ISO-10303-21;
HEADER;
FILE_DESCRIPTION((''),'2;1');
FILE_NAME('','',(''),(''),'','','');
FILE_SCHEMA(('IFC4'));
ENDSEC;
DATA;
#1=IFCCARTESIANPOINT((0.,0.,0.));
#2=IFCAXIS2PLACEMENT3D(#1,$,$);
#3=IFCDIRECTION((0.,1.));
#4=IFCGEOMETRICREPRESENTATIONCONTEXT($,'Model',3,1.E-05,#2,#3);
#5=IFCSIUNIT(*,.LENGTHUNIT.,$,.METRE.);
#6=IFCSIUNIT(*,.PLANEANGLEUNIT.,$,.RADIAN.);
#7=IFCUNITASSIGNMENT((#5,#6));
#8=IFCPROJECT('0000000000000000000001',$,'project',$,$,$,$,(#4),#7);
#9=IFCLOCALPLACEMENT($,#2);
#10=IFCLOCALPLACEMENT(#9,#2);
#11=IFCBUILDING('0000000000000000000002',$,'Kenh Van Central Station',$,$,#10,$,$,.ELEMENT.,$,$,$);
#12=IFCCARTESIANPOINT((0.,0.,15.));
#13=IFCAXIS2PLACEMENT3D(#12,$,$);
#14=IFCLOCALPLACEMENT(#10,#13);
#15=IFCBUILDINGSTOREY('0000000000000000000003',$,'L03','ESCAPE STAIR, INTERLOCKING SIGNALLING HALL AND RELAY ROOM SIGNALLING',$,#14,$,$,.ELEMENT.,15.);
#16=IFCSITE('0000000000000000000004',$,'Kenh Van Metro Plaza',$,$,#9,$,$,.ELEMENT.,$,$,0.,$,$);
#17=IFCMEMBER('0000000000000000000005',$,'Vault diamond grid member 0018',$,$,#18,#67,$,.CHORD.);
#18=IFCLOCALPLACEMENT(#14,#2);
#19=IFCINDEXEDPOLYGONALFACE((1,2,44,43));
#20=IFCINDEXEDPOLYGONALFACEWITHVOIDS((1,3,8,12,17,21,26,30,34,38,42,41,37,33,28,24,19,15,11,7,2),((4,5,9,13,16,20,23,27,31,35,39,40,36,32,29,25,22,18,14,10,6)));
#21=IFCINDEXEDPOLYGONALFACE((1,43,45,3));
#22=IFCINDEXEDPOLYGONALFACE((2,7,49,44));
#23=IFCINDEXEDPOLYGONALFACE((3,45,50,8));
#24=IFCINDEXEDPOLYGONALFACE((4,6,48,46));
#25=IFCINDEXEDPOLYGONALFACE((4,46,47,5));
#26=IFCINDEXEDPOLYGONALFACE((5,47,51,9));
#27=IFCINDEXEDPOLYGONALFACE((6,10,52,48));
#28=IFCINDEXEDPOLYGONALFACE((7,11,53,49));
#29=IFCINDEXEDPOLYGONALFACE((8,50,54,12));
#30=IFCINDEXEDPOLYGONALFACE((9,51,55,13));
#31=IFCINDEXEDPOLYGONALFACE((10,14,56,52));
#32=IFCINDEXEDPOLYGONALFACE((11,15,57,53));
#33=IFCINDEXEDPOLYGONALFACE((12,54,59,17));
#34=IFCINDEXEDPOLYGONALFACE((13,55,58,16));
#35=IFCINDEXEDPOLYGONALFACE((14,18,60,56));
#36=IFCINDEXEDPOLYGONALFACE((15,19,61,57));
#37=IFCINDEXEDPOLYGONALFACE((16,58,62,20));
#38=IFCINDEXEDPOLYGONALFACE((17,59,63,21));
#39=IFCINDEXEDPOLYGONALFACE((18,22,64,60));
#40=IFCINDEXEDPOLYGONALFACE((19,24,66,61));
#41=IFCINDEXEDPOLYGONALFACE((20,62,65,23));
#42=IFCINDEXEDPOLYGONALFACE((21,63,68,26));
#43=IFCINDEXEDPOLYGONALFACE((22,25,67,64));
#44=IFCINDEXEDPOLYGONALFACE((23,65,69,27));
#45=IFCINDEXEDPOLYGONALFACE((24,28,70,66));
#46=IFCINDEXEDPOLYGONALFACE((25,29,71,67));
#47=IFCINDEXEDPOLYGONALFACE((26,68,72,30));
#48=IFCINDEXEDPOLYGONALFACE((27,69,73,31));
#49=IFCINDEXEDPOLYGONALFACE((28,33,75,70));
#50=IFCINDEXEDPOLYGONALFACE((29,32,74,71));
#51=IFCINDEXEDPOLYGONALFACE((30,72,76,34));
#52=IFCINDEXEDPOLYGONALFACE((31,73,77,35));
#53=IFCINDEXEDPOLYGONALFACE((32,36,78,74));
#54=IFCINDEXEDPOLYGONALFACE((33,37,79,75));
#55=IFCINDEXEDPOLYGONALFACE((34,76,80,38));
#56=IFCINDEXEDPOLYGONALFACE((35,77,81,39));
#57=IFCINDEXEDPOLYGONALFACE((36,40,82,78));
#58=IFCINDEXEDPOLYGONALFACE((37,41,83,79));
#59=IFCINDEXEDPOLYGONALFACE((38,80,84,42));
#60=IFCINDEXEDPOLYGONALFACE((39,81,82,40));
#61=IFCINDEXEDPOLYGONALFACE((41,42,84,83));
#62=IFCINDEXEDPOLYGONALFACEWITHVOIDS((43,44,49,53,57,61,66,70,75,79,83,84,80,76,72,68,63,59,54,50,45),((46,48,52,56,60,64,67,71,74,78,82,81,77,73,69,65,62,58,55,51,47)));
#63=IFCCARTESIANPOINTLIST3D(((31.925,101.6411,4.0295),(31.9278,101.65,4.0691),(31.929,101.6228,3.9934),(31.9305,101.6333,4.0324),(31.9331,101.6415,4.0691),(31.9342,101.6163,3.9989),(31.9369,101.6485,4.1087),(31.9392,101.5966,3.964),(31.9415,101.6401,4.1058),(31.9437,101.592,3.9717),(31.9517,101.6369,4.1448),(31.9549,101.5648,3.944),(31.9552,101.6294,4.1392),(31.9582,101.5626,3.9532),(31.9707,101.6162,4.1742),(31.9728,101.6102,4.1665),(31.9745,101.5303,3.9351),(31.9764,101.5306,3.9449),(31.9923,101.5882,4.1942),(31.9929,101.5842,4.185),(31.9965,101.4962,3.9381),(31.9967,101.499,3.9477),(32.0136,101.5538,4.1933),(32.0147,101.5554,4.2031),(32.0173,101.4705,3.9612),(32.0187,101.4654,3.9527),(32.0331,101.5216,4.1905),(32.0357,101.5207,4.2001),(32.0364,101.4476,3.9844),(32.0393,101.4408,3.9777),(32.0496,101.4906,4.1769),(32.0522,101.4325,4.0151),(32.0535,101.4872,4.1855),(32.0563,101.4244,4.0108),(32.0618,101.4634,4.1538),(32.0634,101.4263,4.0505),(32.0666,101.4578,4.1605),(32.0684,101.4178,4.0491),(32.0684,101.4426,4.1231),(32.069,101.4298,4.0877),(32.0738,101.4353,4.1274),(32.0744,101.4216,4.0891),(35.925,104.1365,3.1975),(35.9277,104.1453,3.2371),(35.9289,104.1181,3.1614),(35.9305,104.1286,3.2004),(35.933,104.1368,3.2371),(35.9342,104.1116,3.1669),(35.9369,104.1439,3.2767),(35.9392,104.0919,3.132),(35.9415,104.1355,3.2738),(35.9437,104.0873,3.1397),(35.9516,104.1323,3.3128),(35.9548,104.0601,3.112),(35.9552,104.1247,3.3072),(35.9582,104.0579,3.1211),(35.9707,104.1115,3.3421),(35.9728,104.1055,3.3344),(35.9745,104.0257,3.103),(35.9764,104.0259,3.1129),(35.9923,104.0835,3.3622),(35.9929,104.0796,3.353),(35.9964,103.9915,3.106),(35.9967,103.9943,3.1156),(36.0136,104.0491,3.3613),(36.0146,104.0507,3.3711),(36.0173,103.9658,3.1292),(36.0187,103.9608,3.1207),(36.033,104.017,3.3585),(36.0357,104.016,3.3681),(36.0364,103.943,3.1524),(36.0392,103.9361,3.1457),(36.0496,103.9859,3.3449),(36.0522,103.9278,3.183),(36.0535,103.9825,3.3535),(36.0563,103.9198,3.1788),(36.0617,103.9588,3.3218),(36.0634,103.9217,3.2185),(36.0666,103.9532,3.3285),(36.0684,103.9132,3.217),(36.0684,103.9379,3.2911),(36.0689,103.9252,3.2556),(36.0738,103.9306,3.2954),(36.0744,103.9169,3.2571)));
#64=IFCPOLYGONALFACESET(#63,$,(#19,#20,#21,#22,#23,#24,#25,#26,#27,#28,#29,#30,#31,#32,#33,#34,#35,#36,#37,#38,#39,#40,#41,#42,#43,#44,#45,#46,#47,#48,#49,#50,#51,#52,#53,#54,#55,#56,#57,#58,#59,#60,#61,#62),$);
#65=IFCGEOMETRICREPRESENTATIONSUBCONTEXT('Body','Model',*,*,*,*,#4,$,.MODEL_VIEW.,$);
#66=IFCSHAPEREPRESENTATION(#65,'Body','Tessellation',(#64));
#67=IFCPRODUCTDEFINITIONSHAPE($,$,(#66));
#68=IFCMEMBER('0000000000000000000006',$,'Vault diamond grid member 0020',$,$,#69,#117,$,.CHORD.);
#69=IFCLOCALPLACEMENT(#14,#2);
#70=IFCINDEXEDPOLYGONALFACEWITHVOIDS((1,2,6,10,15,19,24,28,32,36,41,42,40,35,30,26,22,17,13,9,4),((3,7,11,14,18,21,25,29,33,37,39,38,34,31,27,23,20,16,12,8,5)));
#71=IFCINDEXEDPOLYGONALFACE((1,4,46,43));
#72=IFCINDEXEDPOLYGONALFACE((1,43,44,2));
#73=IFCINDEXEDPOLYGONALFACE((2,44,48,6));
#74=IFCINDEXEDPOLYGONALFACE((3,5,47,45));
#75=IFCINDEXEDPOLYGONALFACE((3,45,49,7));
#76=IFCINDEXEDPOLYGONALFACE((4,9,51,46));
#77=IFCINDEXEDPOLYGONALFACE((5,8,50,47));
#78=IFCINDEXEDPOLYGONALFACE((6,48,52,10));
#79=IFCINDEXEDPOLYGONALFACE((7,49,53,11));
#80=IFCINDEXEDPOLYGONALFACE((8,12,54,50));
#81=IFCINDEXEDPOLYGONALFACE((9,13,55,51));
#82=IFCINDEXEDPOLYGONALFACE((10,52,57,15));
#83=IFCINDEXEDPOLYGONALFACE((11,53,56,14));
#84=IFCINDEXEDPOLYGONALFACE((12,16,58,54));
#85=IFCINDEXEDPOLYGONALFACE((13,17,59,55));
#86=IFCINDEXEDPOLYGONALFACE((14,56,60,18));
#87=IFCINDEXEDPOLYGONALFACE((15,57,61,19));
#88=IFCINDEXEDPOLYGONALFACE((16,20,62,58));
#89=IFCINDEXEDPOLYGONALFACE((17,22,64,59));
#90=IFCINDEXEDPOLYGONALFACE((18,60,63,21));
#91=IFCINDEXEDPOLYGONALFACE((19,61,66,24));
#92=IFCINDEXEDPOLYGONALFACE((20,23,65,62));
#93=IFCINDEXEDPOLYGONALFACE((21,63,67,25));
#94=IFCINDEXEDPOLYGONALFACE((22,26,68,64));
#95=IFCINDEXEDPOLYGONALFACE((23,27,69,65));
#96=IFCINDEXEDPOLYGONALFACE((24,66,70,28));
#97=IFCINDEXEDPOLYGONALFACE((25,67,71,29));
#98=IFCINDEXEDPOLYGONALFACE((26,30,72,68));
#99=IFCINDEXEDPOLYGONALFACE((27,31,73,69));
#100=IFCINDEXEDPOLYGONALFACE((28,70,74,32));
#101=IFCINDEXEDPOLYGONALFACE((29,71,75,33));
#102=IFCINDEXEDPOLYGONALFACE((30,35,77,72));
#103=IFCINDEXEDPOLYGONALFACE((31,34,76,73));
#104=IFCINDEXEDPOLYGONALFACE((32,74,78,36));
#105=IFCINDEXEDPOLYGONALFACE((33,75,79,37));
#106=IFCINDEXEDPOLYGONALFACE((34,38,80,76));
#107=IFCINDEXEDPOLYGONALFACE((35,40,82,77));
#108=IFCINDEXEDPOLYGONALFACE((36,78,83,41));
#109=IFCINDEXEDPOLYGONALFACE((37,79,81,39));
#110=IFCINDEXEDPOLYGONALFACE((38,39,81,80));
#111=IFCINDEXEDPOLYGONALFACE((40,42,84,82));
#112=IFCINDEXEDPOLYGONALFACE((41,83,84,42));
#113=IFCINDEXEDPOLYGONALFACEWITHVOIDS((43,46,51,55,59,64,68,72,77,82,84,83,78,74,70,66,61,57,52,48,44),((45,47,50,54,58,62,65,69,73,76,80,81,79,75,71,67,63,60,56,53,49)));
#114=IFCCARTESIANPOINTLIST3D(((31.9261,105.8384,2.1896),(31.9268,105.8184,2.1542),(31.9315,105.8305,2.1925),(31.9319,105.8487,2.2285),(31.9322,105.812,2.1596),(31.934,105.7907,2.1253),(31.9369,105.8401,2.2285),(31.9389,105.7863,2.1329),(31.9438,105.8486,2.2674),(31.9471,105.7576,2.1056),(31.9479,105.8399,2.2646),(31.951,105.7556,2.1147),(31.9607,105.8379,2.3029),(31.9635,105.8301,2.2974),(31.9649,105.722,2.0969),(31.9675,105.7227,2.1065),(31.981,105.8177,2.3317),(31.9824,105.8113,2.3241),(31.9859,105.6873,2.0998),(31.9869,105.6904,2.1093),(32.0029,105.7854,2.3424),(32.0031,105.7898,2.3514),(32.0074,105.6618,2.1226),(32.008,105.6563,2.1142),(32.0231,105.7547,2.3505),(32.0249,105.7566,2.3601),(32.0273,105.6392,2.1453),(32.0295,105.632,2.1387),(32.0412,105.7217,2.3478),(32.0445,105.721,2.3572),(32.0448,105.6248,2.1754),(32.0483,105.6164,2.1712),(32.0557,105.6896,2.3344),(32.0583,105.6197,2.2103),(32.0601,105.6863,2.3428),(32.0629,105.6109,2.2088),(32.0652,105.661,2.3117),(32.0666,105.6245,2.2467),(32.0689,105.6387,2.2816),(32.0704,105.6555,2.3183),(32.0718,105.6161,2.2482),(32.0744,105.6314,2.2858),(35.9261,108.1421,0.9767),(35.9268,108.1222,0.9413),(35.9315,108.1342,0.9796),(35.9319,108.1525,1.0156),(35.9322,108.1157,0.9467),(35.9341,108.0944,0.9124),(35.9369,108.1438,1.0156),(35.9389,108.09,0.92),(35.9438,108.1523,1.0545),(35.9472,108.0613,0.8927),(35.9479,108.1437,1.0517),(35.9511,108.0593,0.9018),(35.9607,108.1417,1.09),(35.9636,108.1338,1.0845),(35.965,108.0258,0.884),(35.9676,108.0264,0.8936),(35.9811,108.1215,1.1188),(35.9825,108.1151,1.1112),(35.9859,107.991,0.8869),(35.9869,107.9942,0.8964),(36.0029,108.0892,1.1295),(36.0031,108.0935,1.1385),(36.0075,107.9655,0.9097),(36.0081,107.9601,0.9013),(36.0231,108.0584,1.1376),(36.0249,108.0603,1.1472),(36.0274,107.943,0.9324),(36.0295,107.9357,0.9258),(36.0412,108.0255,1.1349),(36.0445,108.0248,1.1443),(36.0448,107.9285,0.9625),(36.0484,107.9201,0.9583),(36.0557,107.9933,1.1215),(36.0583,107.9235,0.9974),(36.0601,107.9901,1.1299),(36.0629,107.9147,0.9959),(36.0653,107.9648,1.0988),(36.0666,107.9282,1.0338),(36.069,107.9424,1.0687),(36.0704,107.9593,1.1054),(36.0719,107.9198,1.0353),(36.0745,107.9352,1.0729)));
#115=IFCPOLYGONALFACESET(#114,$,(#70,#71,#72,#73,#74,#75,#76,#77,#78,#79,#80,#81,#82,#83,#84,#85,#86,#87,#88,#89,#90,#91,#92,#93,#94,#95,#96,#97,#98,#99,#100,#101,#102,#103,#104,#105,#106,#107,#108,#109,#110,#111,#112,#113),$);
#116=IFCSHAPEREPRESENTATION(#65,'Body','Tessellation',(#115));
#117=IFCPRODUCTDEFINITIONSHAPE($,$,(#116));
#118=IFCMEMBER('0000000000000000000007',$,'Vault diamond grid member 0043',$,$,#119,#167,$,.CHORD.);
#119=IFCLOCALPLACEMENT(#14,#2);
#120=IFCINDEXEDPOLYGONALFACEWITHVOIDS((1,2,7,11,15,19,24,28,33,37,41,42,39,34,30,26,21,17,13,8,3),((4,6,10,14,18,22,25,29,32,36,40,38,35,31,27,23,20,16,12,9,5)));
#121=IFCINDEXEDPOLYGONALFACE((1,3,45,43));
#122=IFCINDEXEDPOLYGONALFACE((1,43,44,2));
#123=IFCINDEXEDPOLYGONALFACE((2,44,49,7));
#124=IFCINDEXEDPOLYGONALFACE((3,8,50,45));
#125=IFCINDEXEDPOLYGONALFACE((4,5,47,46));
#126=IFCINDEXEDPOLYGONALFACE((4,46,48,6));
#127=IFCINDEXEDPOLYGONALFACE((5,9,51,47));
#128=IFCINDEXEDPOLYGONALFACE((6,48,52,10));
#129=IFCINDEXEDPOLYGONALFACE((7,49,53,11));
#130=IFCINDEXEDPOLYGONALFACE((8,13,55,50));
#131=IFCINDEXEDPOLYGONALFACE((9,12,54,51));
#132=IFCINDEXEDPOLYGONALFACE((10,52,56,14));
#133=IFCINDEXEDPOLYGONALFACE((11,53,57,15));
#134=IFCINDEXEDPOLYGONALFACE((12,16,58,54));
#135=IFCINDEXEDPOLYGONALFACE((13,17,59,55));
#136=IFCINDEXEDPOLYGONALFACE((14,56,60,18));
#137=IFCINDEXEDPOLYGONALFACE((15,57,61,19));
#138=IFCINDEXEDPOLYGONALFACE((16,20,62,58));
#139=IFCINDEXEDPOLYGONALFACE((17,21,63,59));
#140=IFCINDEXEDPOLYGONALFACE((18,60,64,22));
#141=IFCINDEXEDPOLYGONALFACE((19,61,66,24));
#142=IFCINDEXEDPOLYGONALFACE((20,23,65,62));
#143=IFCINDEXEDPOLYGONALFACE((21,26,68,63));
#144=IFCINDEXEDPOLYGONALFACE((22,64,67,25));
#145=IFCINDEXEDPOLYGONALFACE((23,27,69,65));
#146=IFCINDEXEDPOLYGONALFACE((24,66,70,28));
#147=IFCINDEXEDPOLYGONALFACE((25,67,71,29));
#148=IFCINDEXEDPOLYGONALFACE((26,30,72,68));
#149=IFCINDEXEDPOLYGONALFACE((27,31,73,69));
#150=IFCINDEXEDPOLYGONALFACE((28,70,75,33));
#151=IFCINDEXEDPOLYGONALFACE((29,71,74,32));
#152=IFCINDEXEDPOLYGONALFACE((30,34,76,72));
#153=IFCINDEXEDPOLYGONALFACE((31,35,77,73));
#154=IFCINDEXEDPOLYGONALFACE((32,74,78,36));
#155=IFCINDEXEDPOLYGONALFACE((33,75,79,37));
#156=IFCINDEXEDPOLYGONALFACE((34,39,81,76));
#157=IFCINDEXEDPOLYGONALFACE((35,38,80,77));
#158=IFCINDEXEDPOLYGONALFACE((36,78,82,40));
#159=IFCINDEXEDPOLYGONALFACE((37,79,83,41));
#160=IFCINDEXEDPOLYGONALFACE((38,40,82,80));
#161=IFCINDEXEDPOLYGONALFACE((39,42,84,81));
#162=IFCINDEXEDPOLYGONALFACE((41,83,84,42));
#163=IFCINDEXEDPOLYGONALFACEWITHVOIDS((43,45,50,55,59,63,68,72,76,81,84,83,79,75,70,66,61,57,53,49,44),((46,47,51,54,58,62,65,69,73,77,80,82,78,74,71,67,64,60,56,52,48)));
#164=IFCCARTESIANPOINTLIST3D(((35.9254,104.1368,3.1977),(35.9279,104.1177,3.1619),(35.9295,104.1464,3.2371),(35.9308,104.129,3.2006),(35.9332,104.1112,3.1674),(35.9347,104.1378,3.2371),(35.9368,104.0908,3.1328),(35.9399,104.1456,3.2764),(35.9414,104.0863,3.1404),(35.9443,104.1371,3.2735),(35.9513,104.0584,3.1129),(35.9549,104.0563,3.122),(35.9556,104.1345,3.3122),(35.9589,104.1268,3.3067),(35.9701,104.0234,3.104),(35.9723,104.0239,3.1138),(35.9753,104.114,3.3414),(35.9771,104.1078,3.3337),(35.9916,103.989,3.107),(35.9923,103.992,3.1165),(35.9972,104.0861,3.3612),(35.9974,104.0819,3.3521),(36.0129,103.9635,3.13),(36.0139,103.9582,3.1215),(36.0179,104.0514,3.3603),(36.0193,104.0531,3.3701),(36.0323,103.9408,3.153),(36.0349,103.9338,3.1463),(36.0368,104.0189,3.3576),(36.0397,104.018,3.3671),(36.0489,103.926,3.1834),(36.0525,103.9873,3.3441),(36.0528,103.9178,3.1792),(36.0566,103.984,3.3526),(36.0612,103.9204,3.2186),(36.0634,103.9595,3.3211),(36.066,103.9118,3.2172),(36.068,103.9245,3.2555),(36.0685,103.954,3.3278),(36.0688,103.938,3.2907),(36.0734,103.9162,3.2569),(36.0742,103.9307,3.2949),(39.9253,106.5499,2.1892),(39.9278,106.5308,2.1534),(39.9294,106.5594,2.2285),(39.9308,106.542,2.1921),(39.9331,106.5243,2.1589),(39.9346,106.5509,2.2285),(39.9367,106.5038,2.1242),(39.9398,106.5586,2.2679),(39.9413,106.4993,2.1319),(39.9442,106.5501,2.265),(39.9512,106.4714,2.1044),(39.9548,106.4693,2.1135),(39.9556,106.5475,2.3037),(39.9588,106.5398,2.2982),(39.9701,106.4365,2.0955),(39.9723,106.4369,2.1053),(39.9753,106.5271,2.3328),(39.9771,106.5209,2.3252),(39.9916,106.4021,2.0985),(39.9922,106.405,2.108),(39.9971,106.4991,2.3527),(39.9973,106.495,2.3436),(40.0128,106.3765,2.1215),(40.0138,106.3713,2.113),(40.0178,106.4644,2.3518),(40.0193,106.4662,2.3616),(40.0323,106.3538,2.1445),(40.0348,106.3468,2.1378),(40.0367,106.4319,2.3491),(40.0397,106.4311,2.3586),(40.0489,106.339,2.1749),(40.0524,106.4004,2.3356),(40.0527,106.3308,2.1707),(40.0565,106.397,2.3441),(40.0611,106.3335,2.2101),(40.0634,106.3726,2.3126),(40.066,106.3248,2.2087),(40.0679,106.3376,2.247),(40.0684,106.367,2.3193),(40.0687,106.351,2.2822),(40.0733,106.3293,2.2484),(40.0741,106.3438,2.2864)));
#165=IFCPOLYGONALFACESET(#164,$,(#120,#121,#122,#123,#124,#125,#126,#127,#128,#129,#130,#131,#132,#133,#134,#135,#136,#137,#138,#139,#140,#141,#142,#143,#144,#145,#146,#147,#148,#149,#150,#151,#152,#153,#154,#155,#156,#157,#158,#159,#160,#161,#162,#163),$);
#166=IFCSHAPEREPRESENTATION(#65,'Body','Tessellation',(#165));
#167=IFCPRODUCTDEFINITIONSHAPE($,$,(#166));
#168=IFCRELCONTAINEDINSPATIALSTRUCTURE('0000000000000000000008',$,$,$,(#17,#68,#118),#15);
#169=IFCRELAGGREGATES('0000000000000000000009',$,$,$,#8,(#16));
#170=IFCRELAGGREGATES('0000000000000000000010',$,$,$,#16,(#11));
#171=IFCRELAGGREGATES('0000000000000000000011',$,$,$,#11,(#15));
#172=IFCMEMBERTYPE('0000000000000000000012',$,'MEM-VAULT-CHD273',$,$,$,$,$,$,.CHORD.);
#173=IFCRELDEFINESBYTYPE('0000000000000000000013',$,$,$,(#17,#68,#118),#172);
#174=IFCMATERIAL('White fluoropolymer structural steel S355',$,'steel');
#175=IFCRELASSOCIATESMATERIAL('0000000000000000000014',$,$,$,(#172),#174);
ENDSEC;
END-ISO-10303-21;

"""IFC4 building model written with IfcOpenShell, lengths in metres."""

from ifc_helpers import new_model, si_unit, direction, frame, origin, origin_2d, place, context, subcontext, project, spatial, hollow_circle, extrude, material, material_profile, profile_set, type_object, element, save


model = new_model("IFC4")

# Units and contexts
model_context = context("Model", 3, precision=1e-05, world=origin(), true_north=direction((0.0, 1.0)))
body_context = subcontext(model_context, "Body", "Model", "MODEL_VIEW")
ifc_project = project(units=[si_unit("LENGTHUNIT", "METRE"), si_unit("PLANEANGLEUNIT", "RADIAN")], contexts=[model_context])

# Site, building, storey
site_placement = place(None, origin())
site = spatial("IfcSite", under=ifc_project, at=site_placement, Name="Kenh Van Metro Plaza", CompositionType="ELEMENT", RefElevation=0.0)
building_placement = place(site_placement, origin())
building = spatial("IfcBuilding", under=site, at=building_placement, Name="Kenh Van Central Station", CompositionType="ELEMENT")
storey_placement = place(building_placement, frame((0.0, 0.0, 15.0)))
storey = spatial("IfcBuildingStorey", under=building, at=storey_placement, Name="L03", Description="ESCAPE STAIR, INTERLOCKING SIGNALLING HALL AND RELAY ROOM SIGNALLING", CompositionType="ELEMENT", Elevation=15.0)

# Shared definitions
ifc_material_1 = material(Name="White fluoropolymer structural steel S355", Category="steel")

# Members
ifc_material_profile_1 = material_profile(ifc_material_1, hollow_circle(Radius=0.1365, WallThickness=0.01, at=origin_2d()), Name="CHS 273x10")
ifc_profile_set_1 = profile_set([ifc_material_profile_1], Name="White fluoropolymer structural steel S355")
member_type_1 = type_object("IfcMemberType", Name="MEM-VAULT-CHD273", PredefinedType="CHORD", material=ifc_profile_set_1)
member_1_placement = place(storey_placement, frame((32.0, 101.5342, 4.0691), z_axis=(0.835528, 0.521236, -0.173796), x_axis=(-0.529291, 0.84844, 0.0)))
element("IfcMember", 1, at=member_1_placement, inside=storey, type_object=member_type_1, Name="Vault diamond grid member 0018", PredefinedType="CHORD", context=body_context, shape_type="SweptSolid", body=[
    extrude(hollow_circle(Radius=0.1365, WallThickness=0.01, at=origin_2d()), origin(), (0.0, 0.0, 1.0), 4.7874),
])
member_2_placement = place(storey_placement, frame((32.0, 105.7305, 2.2285), z_axis=(0.838109, 0.48269, -0.254134), x_axis=(-0.499075, 0.866559, 0.0)))
element("IfcMember", 2, at=member_2_placement, inside=storey, type_object=member_type_1, Name="Vault diamond grid member 0020", PredefinedType="CHORD", context=body_context, shape_type="SweptSolid", body=[
    extrude(hollow_circle(Radius=0.1365, WallThickness=0.01, at=origin_2d()), origin(), (0.0, 0.0, 1.0), 4.7727),
])
member_3_placement = place(storey_placement, frame((36.0, 104.0295, 3.2371), z_axis=(0.836971, 0.504921, -0.211031), x_axis=(-0.516554, 0.856255, 0.0)))
element("IfcMember", 3, at=member_3_placement, inside=storey, type_object=member_type_1, Name="Vault diamond grid member 0043", PredefinedType="CHORD", context=body_context, shape_type="SweptSolid", body=[
    extrude(hollow_circle(Radius=0.1365, WallThickness=0.01, at=origin_2d()), origin(), (0.0, 0.0, 1.0), 4.7791),
])

save(model, "model.ifc")
